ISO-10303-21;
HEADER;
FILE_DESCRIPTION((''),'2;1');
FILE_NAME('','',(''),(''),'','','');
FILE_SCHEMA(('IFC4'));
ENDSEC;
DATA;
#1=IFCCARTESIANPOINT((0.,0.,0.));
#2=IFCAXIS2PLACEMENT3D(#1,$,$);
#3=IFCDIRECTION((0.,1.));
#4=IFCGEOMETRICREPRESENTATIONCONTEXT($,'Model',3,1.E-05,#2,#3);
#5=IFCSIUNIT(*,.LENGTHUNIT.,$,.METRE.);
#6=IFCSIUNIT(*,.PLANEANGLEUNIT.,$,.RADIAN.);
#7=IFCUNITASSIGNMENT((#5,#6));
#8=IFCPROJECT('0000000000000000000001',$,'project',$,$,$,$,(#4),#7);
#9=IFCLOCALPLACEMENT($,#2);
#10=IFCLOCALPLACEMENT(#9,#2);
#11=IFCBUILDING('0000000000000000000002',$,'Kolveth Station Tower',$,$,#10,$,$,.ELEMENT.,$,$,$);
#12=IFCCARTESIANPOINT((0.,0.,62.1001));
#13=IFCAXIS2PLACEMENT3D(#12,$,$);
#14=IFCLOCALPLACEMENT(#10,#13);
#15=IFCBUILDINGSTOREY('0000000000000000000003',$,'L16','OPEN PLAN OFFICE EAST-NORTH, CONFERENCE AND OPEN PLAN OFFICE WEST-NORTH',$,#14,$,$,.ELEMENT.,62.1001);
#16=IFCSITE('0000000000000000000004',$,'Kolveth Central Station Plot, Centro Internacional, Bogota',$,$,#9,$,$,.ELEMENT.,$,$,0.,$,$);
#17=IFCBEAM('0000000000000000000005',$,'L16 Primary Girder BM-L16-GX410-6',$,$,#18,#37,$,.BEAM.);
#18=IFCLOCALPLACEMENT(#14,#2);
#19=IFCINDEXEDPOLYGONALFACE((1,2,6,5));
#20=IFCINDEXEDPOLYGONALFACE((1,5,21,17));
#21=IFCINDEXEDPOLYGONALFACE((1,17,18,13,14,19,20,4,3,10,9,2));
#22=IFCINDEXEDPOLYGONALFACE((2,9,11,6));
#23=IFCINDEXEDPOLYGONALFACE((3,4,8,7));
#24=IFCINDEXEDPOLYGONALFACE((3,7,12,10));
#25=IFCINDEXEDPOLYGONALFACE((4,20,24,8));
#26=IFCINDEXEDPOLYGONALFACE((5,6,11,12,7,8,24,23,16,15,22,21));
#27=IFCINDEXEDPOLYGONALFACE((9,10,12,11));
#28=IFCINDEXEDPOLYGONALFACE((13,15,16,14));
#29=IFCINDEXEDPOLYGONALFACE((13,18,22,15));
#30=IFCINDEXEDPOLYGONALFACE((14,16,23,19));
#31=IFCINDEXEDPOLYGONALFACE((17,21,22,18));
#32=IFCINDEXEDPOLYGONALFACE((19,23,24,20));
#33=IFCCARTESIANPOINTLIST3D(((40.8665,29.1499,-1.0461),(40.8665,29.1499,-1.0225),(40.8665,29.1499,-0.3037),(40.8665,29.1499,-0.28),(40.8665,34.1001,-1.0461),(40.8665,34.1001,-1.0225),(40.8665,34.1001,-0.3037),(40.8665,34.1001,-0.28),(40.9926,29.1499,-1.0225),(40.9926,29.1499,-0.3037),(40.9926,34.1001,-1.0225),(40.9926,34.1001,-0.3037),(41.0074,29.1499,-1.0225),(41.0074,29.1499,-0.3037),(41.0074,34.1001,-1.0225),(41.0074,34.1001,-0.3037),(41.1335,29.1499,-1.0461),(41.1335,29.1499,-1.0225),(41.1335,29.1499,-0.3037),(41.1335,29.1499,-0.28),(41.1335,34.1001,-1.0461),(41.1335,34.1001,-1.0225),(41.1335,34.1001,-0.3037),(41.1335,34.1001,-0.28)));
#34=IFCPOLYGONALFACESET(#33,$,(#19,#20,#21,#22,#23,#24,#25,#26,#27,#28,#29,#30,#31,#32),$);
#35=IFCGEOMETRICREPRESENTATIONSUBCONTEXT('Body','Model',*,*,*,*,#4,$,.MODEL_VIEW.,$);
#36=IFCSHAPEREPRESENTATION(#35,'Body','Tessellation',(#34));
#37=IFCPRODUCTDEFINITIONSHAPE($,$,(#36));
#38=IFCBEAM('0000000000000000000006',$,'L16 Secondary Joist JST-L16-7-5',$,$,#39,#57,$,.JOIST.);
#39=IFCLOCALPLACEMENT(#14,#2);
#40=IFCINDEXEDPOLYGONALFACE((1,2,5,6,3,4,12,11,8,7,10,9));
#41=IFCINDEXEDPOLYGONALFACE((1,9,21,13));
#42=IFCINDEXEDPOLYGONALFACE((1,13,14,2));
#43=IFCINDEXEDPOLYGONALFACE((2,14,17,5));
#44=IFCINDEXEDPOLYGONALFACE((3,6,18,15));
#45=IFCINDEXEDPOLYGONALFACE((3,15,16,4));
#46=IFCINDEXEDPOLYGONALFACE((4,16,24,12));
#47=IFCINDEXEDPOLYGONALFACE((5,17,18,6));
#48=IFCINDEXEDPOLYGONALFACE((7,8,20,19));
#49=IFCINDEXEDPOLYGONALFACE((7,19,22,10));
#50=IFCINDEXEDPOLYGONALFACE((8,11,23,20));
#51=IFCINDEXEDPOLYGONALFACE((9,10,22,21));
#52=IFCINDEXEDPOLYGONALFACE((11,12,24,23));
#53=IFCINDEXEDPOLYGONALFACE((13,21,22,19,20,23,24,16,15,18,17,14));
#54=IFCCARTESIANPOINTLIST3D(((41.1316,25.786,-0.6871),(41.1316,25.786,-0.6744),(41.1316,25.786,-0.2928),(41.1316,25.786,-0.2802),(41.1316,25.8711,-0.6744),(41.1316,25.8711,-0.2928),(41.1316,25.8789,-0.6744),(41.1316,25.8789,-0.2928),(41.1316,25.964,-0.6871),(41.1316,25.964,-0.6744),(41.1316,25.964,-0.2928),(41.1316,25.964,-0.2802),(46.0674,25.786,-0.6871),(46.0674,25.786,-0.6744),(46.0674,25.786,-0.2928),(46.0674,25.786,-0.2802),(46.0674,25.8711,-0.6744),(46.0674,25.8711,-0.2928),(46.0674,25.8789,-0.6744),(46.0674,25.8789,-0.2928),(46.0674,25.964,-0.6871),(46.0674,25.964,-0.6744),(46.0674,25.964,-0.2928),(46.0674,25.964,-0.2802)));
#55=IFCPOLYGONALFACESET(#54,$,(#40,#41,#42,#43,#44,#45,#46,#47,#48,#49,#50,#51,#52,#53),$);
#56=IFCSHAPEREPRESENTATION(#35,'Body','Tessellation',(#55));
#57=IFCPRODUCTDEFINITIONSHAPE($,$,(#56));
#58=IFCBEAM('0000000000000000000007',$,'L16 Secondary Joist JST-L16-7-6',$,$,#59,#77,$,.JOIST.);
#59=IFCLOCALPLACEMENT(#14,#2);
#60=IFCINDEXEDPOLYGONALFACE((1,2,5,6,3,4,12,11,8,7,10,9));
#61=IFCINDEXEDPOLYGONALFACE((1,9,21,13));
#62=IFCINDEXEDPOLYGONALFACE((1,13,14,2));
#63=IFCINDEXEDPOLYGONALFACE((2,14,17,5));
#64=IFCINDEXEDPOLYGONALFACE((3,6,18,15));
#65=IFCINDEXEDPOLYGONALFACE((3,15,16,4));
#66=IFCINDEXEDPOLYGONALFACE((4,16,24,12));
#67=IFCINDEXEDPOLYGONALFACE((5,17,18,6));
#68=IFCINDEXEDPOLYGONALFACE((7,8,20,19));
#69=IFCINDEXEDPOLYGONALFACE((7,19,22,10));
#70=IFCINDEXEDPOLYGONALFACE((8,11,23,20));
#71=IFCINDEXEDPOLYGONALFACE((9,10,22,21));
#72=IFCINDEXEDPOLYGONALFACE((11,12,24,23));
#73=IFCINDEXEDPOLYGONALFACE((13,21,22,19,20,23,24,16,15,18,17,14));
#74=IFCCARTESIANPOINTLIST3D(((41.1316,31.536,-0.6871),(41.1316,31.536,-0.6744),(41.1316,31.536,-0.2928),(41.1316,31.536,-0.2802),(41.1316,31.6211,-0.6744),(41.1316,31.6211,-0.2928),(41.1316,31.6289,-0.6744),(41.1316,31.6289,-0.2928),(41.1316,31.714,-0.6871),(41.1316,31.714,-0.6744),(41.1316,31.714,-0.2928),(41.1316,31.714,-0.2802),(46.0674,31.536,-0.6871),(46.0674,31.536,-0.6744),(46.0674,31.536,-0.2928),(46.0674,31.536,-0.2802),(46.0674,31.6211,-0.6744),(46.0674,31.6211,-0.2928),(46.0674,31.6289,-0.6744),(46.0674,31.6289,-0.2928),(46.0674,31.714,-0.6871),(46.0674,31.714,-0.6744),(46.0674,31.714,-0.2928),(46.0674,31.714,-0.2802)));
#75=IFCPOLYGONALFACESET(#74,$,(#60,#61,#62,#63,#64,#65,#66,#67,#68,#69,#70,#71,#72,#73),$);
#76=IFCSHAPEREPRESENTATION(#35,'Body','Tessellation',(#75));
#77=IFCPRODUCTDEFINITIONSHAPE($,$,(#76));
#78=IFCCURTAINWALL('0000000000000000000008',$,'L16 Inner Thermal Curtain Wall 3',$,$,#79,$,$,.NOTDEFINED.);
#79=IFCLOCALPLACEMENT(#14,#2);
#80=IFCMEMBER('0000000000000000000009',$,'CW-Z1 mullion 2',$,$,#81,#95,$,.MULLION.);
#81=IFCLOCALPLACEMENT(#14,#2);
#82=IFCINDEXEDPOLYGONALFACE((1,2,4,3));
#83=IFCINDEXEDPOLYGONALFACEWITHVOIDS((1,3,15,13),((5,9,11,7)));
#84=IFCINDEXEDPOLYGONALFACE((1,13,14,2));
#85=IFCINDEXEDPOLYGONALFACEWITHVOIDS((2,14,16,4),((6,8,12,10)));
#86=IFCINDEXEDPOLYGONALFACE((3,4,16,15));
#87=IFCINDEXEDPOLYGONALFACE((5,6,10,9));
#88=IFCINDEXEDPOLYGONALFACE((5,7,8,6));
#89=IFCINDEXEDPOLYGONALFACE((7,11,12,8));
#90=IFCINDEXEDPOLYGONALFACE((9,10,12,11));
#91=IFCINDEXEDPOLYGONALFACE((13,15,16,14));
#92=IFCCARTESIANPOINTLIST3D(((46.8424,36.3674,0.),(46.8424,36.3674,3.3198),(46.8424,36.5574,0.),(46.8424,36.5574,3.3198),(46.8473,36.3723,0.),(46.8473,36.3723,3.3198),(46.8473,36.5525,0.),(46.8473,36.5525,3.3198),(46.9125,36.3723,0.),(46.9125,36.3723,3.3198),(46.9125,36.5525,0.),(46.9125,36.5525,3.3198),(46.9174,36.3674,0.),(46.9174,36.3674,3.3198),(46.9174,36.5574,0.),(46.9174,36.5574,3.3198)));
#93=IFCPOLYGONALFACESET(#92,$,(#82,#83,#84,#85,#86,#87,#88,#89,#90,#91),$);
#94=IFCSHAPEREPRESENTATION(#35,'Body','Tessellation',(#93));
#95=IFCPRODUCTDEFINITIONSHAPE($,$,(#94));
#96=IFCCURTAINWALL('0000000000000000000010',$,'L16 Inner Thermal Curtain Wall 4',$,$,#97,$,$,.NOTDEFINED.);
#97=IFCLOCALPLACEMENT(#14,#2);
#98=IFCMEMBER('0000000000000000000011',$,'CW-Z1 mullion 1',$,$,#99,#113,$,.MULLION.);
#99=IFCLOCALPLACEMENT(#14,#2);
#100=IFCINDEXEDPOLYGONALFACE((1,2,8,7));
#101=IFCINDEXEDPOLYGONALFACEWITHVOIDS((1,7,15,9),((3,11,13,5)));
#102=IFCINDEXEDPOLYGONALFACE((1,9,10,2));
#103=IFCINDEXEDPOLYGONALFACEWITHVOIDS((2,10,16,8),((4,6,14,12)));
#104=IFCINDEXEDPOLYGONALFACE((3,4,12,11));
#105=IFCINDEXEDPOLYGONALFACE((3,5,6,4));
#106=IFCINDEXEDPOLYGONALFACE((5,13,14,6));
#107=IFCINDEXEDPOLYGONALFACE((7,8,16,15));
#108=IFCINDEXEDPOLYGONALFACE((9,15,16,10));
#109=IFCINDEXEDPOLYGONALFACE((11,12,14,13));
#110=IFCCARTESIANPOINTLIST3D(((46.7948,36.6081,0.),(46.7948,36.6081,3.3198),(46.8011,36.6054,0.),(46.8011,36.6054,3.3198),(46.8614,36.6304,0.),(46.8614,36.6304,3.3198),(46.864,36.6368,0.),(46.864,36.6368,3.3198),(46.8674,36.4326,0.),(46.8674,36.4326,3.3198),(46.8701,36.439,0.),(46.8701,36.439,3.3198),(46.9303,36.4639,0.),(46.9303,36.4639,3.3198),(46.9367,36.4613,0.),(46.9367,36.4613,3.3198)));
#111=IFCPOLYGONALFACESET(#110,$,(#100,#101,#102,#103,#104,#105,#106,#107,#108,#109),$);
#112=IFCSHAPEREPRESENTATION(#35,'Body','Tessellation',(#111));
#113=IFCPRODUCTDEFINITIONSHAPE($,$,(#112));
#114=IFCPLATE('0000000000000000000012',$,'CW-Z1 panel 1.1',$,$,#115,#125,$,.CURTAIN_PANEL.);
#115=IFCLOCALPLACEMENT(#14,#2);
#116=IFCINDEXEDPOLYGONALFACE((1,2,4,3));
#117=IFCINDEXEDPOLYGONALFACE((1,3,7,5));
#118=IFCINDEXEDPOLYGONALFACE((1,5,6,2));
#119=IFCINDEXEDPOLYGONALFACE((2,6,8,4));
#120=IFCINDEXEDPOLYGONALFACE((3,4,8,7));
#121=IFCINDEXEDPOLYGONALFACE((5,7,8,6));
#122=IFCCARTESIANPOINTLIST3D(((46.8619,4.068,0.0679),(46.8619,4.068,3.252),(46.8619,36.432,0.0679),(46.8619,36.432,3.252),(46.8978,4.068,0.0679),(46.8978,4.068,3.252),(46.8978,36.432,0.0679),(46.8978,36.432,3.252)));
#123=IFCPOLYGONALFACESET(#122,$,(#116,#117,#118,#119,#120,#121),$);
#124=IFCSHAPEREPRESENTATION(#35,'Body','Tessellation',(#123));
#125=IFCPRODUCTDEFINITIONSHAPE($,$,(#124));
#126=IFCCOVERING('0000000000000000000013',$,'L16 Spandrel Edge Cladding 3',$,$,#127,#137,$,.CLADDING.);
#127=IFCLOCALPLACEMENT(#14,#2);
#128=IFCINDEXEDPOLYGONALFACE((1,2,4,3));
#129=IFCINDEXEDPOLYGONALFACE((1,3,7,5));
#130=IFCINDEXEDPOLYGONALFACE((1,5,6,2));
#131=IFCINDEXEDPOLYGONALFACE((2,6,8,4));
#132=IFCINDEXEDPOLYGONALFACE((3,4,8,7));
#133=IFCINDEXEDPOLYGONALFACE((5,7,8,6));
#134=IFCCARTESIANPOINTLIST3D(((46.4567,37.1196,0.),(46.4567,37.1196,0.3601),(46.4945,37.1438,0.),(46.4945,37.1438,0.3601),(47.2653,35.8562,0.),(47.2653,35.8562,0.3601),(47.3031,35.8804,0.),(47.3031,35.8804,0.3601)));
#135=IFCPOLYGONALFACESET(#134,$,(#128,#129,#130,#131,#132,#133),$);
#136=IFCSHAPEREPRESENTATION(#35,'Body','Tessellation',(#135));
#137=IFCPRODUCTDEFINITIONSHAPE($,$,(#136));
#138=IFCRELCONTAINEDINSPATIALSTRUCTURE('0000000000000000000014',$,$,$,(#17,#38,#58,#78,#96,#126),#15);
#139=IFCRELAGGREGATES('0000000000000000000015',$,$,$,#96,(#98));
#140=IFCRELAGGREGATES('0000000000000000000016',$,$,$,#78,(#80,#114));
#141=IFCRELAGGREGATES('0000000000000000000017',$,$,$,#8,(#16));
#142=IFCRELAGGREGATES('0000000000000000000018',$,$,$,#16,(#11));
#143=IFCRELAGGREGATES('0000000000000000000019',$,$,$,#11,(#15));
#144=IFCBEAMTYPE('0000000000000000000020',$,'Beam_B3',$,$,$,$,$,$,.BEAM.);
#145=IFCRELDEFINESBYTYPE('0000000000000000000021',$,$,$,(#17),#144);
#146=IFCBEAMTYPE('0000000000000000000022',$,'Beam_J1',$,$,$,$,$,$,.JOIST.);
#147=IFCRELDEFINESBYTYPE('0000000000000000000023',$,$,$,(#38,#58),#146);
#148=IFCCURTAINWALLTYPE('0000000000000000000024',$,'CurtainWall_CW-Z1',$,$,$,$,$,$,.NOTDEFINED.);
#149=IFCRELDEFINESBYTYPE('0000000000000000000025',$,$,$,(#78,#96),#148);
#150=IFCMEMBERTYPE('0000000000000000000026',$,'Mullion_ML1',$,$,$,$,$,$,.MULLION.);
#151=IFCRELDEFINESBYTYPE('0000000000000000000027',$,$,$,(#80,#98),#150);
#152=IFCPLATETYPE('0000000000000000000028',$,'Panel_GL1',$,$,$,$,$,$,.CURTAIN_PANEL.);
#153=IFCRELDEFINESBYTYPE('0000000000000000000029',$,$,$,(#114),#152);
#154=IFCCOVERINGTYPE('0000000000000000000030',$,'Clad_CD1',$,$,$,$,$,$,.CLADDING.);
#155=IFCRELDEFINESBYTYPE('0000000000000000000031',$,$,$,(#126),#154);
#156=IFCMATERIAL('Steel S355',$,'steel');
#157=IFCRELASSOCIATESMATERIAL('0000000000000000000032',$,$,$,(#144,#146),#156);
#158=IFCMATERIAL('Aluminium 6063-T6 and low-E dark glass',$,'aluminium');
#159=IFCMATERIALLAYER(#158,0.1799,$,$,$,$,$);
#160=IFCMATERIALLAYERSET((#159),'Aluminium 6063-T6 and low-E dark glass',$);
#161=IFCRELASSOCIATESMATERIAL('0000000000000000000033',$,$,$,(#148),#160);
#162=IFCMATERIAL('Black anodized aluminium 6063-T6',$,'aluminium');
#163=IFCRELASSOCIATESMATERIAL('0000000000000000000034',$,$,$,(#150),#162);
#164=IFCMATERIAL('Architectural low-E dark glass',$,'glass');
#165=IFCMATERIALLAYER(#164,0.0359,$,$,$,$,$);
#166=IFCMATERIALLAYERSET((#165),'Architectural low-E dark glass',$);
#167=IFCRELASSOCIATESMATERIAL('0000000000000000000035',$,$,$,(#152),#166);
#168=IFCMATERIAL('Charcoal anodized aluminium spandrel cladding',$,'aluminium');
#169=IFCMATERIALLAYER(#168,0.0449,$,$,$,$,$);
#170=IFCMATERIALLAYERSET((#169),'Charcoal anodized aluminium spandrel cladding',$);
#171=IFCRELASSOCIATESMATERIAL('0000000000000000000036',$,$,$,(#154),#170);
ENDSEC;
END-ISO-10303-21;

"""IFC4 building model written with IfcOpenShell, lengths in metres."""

from ifc_helpers import new_model, si_unit, direction, frame, origin, origin_2d, place, context, subcontext, project, spatial, rectangle, hollow_rectangle, i_section, extrude, source, transform, mapped, material, layer, layer_set, material_profile, profile_set, type_object, element, aggregate, save


model = new_model("IFC4")

# Units and contexts
model_context = context("Model", 3, precision=1e-05, world=origin(), true_north=direction((0.0, 1.0)))
body_context = subcontext(model_context, "Body", "Model", "MODEL_VIEW")
ifc_project = project(units=[si_unit("LENGTHUNIT", "METRE"), si_unit("PLANEANGLEUNIT", "RADIAN")], contexts=[model_context])

# Site, building, storey
site_placement = place(None, origin())
site = spatial("IfcSite", under=ifc_project, at=site_placement, Name="Kolveth Central Station Plot, Centro Internacional, Bogota", CompositionType="ELEMENT", RefElevation=0.0)
building_placement = place(site_placement, origin())
building = spatial("IfcBuilding", under=site, at=building_placement, Name="Kolveth Station Tower", CompositionType="ELEMENT")
storey_placement = place(building_placement, frame((0.0, 0.0, 62.1001)))
storey = spatial("IfcBuildingStorey", under=building, at=storey_placement, Name="L16", Description="OPEN PLAN OFFICE EAST-NORTH, CONFERENCE AND OPEN PLAN OFFICE WEST-NORTH", CompositionType="ELEMENT", Elevation=62.1001)

# Shared definitions
ifc_material_1 = material(Name="Steel S355", Category="steel")

# Beams
ifc_material_profile_1 = material_profile(ifc_material_1, i_section(OverallWidth=0.2671, OverallDepth=0.7661, WebThickness=0.0149, FlangeThickness=0.0237, at=origin_2d()), Name="W760x185")
ifc_profile_set_1 = profile_set([ifc_material_profile_1], Name="Steel S355")
beam_type_1 = type_object("IfcBeamType", Name="Beam_B3", PredefinedType="BEAM", material=ifc_profile_set_1)
shared_shape_1 = source(origin(), body_context, "Body", "SweptSolid", [
    extrude(i_section(OverallWidth=0.2671, OverallDepth=0.7661, WebThickness=0.0149, FlangeThickness=0.0237, at=origin_2d()), origin(), (0.0, 0.0, 1.0), 4.9502),
])
for number, where, z_axis, x_axis, name in (
    (1, (41.0, 29.1499, -0.6631), (0.0, 1.0, 0.0), (-1.0, 0.0, 0.0), "L16 Primary Girder BM-L16-GX410-6"),
):
    element("IfcBeam", number, at=place(storey_placement, frame(where, z_axis=z_axis, x_axis=x_axis)), inside=storey, type_object=beam_type_1, Name=name, PredefinedType="BEAM", context=body_context, shape_type="MappedRepresentation", body=[
        mapped(shared_shape_1, transform((0.0, 0.0, 0.0), x_axis=(1.0, 0.0, 0.0), y_axis=(0.0, 1.0, 0.0), z_axis=(0.0, 0.0, 1.0), scale=1.0)),
    ])
ifc_material_profile_2 = material_profile(ifc_material_1, i_section(OverallWidth=0.178, OverallDepth=0.407, WebThickness=0.0078, FlangeThickness=0.0127, at=origin_2d()), Name="W410x60")
ifc_profile_set_2 = profile_set([ifc_material_profile_2], Name="Steel S355")
beam_type_2 = type_object("IfcBeamType", Name="Beam_J1", PredefinedType="JOIST", material=ifc_profile_set_2)
shared_shape_2 = source(origin(), body_context, "Body", "SweptSolid", [
    extrude(i_section(OverallWidth=0.178, OverallDepth=0.407, WebThickness=0.0078, FlangeThickness=0.0127, at=origin_2d()), origin(), (0.0, 0.0, 1.0), 4.9358),
])
for number, where, z_axis, x_axis, name in (
    (2, (41.1316, 25.875, -0.4836), (1.0, 0.0, 0.0), (0.0, 1.0, 0.0), "L16 Secondary Joist JST-L16-7-5"),
    (3, (41.1316, 31.625, -0.4836), (1.0, 0.0, 0.0), (0.0, 1.0, 0.0), "L16 Secondary Joist JST-L16-7-6"),
):
    element("IfcBeam", number, at=place(storey_placement, frame(where, z_axis=z_axis, x_axis=x_axis)), inside=storey, type_object=beam_type_2, Name=name, PredefinedType="JOIST", context=body_context, shape_type="MappedRepresentation", body=[
        mapped(shared_shape_2, transform((0.0, 0.0, 0.0), x_axis=(1.0, 0.0, 0.0), y_axis=(0.0, 1.0, 0.0), z_axis=(0.0, 0.0, 1.0), scale=1.0)),
    ])

# Curtain walls, members
ifc_material_2 = material(Name="Aluminium 6063-T6 and low-E dark glass", Category="aluminium")
ifc_layer_1 = layer(ifc_material_2, 0.1799)
ifc_layer_set_1 = layer_set([ifc_layer_1], Name="Aluminium 6063-T6 and low-E dark glass")
curtain_wall_type = type_object("IfcCurtainWallType", Name="CurtainWall_CW-Z1", PredefinedType="NOTDEFINED", material=ifc_layer_set_1)
curtain_wall_1_placement = place(storey_placement, origin())
curtain_wall_1 = element("IfcCurtainWall", 4, at=curtain_wall_1_placement, inside=storey, type_object=curtain_wall_type, Name="L16 Inner Thermal Curtain Wall 3", PredefinedType="NOTDEFINED")
ifc_material_3 = material(Name="Black anodized aluminium 6063-T6", Category="aluminium")
ifc_material_profile_3 = material_profile(ifc_material_3, hollow_rectangle(XDim=0.075, YDim=0.1899, WallThickness=0.0049, at=origin_2d()), Name="ALU-75x190x5")
ifc_profile_set_3 = profile_set([ifc_material_profile_3], Name="Black anodized aluminium 6063-T6")
member_type = type_object("IfcMemberType", Name="Mullion_ML1", PredefinedType="MULLION", material=ifc_profile_set_3)
shared_shape_3 = source(origin(), body_context, "Body", "SweptSolid", [
    extrude(hollow_rectangle(XDim=0.075, YDim=0.1899, WallThickness=0.0049, at=origin_2d()), origin(), (0.0, 0.0, 1.0), 3.3198),
])
member_1_placement = place(storey_placement, frame((46.8799, 36.4624, 0.0), z_axis=(0.0, 0.0, 1.0), x_axis=(-1.0, 0.0, 0.0)))
member_1 = element("IfcMember", 5, at=member_1_placement, type_object=member_type, Name="CW-Z1 mullion 2", PredefinedType="MULLION", context=body_context, shape_type="MappedRepresentation", body=[
    mapped(shared_shape_3, transform((0.0, 0.0, 0.0), x_axis=(1.0, 0.0, 0.0), y_axis=(0.0, 1.0, 0.0), z_axis=(0.0, 0.0, 1.0), scale=1.0)),
])
curtain_wall_2_placement = place(storey_placement, origin())
curtain_wall_2 = element("IfcCurtainWall", 6, at=curtain_wall_2_placement, inside=storey, type_object=curtain_wall_type, Name="L16 Inner Thermal Curtain Wall 4", PredefinedType="NOTDEFINED")
member_2_placement = place(storey_placement, frame((46.8657, 36.5347, 0.0), z_axis=(0.0, 0.0, 1.0), x_axis=(-0.923884, -0.382673, 0.0)))
member_2 = element("IfcMember", 7, at=member_2_placement, type_object=member_type, Name="CW-Z1 mullion 1", PredefinedType="MULLION", context=body_context, shape_type="MappedRepresentation", body=[
    mapped(shared_shape_3, transform((0.0, 0.0, 0.0), x_axis=(1.0, 0.0, 0.0), y_axis=(0.0, 1.0, 0.0), z_axis=(0.0, 0.0, 1.0), scale=1.0)),
])
aggregate(curtain_wall_2, [member_2])

# Plate
ifc_material_4 = material(Name="Architectural low-E dark glass", Category="glass")
ifc_layer_2 = layer(ifc_material_4, 0.0359)
ifc_layer_set_2 = layer_set([ifc_layer_2], Name="Architectural low-E dark glass")
plate_type = type_object("IfcPlateType", Name="Panel_GL1", PredefinedType="CURTAIN_PANEL", material=ifc_layer_set_2)
shared_shape_4 = source(origin(), body_context, "Body", "SweptSolid", [
    extrude(rectangle(XDim=32.364, YDim=0.0359, at=origin_2d()), origin(), (0.0, 0.0, 1.0), 3.1841),
])
plate_placement = place(storey_placement, frame((46.8799, 20.25, 0.0679), z_axis=(0.0, 0.0, 1.0), x_axis=(0.0, 1.0, 0.0)))
plate = element("IfcPlate", 8, at=plate_placement, type_object=plate_type, Name="CW-Z1 panel 1.1", PredefinedType="CURTAIN_PANEL", context=body_context, shape_type="MappedRepresentation", body=[
    mapped(shared_shape_4, transform((0.0, 0.0, 0.0), x_axis=(1.0, 0.0, 0.0), y_axis=(0.0, 1.0, 0.0), z_axis=(0.0, 0.0, 1.0), scale=1.0)),
])
aggregate(curtain_wall_1, [member_1, plate])

# Covering
ifc_material_5 = material(Name="Charcoal anodized aluminium spandrel cladding", Category="aluminium")
ifc_layer_3 = layer(ifc_material_5, 0.0449)
ifc_layer_set_3 = layer_set([ifc_layer_3], Name="Charcoal anodized aluminium spandrel cladding")
covering_type = type_object("IfcCoveringType", Name="Clad_CD1", PredefinedType="CLADDING", material=ifc_layer_set_3)
shared_shape_5 = source(origin(), body_context, "Body", "SweptSolid", [
    extrude(rectangle(XDim=1.5, YDim=0.0449, at=origin_2d()), origin(), (0.0, 0.0, 1.0), 0.3601),
])
covering_placement = place(storey_placement, frame((46.8799, 36.5, 0.0), z_axis=(0.0, 0.0, 1.0), x_axis=(-0.539065, 0.842264, 0.0)))
element("IfcCovering", 9, at=covering_placement, inside=storey, type_object=covering_type, Name="L16 Spandrel Edge Cladding 3", PredefinedType="CLADDING", context=body_context, shape_type="MappedRepresentation", body=[
    mapped(shared_shape_5, transform((0.0, 0.0, 0.0), x_axis=(1.0, 0.0, 0.0), y_axis=(0.0, 1.0, 0.0), z_axis=(0.0, 0.0, 1.0), scale=1.0)),
])

save(model, "model.ifc")
